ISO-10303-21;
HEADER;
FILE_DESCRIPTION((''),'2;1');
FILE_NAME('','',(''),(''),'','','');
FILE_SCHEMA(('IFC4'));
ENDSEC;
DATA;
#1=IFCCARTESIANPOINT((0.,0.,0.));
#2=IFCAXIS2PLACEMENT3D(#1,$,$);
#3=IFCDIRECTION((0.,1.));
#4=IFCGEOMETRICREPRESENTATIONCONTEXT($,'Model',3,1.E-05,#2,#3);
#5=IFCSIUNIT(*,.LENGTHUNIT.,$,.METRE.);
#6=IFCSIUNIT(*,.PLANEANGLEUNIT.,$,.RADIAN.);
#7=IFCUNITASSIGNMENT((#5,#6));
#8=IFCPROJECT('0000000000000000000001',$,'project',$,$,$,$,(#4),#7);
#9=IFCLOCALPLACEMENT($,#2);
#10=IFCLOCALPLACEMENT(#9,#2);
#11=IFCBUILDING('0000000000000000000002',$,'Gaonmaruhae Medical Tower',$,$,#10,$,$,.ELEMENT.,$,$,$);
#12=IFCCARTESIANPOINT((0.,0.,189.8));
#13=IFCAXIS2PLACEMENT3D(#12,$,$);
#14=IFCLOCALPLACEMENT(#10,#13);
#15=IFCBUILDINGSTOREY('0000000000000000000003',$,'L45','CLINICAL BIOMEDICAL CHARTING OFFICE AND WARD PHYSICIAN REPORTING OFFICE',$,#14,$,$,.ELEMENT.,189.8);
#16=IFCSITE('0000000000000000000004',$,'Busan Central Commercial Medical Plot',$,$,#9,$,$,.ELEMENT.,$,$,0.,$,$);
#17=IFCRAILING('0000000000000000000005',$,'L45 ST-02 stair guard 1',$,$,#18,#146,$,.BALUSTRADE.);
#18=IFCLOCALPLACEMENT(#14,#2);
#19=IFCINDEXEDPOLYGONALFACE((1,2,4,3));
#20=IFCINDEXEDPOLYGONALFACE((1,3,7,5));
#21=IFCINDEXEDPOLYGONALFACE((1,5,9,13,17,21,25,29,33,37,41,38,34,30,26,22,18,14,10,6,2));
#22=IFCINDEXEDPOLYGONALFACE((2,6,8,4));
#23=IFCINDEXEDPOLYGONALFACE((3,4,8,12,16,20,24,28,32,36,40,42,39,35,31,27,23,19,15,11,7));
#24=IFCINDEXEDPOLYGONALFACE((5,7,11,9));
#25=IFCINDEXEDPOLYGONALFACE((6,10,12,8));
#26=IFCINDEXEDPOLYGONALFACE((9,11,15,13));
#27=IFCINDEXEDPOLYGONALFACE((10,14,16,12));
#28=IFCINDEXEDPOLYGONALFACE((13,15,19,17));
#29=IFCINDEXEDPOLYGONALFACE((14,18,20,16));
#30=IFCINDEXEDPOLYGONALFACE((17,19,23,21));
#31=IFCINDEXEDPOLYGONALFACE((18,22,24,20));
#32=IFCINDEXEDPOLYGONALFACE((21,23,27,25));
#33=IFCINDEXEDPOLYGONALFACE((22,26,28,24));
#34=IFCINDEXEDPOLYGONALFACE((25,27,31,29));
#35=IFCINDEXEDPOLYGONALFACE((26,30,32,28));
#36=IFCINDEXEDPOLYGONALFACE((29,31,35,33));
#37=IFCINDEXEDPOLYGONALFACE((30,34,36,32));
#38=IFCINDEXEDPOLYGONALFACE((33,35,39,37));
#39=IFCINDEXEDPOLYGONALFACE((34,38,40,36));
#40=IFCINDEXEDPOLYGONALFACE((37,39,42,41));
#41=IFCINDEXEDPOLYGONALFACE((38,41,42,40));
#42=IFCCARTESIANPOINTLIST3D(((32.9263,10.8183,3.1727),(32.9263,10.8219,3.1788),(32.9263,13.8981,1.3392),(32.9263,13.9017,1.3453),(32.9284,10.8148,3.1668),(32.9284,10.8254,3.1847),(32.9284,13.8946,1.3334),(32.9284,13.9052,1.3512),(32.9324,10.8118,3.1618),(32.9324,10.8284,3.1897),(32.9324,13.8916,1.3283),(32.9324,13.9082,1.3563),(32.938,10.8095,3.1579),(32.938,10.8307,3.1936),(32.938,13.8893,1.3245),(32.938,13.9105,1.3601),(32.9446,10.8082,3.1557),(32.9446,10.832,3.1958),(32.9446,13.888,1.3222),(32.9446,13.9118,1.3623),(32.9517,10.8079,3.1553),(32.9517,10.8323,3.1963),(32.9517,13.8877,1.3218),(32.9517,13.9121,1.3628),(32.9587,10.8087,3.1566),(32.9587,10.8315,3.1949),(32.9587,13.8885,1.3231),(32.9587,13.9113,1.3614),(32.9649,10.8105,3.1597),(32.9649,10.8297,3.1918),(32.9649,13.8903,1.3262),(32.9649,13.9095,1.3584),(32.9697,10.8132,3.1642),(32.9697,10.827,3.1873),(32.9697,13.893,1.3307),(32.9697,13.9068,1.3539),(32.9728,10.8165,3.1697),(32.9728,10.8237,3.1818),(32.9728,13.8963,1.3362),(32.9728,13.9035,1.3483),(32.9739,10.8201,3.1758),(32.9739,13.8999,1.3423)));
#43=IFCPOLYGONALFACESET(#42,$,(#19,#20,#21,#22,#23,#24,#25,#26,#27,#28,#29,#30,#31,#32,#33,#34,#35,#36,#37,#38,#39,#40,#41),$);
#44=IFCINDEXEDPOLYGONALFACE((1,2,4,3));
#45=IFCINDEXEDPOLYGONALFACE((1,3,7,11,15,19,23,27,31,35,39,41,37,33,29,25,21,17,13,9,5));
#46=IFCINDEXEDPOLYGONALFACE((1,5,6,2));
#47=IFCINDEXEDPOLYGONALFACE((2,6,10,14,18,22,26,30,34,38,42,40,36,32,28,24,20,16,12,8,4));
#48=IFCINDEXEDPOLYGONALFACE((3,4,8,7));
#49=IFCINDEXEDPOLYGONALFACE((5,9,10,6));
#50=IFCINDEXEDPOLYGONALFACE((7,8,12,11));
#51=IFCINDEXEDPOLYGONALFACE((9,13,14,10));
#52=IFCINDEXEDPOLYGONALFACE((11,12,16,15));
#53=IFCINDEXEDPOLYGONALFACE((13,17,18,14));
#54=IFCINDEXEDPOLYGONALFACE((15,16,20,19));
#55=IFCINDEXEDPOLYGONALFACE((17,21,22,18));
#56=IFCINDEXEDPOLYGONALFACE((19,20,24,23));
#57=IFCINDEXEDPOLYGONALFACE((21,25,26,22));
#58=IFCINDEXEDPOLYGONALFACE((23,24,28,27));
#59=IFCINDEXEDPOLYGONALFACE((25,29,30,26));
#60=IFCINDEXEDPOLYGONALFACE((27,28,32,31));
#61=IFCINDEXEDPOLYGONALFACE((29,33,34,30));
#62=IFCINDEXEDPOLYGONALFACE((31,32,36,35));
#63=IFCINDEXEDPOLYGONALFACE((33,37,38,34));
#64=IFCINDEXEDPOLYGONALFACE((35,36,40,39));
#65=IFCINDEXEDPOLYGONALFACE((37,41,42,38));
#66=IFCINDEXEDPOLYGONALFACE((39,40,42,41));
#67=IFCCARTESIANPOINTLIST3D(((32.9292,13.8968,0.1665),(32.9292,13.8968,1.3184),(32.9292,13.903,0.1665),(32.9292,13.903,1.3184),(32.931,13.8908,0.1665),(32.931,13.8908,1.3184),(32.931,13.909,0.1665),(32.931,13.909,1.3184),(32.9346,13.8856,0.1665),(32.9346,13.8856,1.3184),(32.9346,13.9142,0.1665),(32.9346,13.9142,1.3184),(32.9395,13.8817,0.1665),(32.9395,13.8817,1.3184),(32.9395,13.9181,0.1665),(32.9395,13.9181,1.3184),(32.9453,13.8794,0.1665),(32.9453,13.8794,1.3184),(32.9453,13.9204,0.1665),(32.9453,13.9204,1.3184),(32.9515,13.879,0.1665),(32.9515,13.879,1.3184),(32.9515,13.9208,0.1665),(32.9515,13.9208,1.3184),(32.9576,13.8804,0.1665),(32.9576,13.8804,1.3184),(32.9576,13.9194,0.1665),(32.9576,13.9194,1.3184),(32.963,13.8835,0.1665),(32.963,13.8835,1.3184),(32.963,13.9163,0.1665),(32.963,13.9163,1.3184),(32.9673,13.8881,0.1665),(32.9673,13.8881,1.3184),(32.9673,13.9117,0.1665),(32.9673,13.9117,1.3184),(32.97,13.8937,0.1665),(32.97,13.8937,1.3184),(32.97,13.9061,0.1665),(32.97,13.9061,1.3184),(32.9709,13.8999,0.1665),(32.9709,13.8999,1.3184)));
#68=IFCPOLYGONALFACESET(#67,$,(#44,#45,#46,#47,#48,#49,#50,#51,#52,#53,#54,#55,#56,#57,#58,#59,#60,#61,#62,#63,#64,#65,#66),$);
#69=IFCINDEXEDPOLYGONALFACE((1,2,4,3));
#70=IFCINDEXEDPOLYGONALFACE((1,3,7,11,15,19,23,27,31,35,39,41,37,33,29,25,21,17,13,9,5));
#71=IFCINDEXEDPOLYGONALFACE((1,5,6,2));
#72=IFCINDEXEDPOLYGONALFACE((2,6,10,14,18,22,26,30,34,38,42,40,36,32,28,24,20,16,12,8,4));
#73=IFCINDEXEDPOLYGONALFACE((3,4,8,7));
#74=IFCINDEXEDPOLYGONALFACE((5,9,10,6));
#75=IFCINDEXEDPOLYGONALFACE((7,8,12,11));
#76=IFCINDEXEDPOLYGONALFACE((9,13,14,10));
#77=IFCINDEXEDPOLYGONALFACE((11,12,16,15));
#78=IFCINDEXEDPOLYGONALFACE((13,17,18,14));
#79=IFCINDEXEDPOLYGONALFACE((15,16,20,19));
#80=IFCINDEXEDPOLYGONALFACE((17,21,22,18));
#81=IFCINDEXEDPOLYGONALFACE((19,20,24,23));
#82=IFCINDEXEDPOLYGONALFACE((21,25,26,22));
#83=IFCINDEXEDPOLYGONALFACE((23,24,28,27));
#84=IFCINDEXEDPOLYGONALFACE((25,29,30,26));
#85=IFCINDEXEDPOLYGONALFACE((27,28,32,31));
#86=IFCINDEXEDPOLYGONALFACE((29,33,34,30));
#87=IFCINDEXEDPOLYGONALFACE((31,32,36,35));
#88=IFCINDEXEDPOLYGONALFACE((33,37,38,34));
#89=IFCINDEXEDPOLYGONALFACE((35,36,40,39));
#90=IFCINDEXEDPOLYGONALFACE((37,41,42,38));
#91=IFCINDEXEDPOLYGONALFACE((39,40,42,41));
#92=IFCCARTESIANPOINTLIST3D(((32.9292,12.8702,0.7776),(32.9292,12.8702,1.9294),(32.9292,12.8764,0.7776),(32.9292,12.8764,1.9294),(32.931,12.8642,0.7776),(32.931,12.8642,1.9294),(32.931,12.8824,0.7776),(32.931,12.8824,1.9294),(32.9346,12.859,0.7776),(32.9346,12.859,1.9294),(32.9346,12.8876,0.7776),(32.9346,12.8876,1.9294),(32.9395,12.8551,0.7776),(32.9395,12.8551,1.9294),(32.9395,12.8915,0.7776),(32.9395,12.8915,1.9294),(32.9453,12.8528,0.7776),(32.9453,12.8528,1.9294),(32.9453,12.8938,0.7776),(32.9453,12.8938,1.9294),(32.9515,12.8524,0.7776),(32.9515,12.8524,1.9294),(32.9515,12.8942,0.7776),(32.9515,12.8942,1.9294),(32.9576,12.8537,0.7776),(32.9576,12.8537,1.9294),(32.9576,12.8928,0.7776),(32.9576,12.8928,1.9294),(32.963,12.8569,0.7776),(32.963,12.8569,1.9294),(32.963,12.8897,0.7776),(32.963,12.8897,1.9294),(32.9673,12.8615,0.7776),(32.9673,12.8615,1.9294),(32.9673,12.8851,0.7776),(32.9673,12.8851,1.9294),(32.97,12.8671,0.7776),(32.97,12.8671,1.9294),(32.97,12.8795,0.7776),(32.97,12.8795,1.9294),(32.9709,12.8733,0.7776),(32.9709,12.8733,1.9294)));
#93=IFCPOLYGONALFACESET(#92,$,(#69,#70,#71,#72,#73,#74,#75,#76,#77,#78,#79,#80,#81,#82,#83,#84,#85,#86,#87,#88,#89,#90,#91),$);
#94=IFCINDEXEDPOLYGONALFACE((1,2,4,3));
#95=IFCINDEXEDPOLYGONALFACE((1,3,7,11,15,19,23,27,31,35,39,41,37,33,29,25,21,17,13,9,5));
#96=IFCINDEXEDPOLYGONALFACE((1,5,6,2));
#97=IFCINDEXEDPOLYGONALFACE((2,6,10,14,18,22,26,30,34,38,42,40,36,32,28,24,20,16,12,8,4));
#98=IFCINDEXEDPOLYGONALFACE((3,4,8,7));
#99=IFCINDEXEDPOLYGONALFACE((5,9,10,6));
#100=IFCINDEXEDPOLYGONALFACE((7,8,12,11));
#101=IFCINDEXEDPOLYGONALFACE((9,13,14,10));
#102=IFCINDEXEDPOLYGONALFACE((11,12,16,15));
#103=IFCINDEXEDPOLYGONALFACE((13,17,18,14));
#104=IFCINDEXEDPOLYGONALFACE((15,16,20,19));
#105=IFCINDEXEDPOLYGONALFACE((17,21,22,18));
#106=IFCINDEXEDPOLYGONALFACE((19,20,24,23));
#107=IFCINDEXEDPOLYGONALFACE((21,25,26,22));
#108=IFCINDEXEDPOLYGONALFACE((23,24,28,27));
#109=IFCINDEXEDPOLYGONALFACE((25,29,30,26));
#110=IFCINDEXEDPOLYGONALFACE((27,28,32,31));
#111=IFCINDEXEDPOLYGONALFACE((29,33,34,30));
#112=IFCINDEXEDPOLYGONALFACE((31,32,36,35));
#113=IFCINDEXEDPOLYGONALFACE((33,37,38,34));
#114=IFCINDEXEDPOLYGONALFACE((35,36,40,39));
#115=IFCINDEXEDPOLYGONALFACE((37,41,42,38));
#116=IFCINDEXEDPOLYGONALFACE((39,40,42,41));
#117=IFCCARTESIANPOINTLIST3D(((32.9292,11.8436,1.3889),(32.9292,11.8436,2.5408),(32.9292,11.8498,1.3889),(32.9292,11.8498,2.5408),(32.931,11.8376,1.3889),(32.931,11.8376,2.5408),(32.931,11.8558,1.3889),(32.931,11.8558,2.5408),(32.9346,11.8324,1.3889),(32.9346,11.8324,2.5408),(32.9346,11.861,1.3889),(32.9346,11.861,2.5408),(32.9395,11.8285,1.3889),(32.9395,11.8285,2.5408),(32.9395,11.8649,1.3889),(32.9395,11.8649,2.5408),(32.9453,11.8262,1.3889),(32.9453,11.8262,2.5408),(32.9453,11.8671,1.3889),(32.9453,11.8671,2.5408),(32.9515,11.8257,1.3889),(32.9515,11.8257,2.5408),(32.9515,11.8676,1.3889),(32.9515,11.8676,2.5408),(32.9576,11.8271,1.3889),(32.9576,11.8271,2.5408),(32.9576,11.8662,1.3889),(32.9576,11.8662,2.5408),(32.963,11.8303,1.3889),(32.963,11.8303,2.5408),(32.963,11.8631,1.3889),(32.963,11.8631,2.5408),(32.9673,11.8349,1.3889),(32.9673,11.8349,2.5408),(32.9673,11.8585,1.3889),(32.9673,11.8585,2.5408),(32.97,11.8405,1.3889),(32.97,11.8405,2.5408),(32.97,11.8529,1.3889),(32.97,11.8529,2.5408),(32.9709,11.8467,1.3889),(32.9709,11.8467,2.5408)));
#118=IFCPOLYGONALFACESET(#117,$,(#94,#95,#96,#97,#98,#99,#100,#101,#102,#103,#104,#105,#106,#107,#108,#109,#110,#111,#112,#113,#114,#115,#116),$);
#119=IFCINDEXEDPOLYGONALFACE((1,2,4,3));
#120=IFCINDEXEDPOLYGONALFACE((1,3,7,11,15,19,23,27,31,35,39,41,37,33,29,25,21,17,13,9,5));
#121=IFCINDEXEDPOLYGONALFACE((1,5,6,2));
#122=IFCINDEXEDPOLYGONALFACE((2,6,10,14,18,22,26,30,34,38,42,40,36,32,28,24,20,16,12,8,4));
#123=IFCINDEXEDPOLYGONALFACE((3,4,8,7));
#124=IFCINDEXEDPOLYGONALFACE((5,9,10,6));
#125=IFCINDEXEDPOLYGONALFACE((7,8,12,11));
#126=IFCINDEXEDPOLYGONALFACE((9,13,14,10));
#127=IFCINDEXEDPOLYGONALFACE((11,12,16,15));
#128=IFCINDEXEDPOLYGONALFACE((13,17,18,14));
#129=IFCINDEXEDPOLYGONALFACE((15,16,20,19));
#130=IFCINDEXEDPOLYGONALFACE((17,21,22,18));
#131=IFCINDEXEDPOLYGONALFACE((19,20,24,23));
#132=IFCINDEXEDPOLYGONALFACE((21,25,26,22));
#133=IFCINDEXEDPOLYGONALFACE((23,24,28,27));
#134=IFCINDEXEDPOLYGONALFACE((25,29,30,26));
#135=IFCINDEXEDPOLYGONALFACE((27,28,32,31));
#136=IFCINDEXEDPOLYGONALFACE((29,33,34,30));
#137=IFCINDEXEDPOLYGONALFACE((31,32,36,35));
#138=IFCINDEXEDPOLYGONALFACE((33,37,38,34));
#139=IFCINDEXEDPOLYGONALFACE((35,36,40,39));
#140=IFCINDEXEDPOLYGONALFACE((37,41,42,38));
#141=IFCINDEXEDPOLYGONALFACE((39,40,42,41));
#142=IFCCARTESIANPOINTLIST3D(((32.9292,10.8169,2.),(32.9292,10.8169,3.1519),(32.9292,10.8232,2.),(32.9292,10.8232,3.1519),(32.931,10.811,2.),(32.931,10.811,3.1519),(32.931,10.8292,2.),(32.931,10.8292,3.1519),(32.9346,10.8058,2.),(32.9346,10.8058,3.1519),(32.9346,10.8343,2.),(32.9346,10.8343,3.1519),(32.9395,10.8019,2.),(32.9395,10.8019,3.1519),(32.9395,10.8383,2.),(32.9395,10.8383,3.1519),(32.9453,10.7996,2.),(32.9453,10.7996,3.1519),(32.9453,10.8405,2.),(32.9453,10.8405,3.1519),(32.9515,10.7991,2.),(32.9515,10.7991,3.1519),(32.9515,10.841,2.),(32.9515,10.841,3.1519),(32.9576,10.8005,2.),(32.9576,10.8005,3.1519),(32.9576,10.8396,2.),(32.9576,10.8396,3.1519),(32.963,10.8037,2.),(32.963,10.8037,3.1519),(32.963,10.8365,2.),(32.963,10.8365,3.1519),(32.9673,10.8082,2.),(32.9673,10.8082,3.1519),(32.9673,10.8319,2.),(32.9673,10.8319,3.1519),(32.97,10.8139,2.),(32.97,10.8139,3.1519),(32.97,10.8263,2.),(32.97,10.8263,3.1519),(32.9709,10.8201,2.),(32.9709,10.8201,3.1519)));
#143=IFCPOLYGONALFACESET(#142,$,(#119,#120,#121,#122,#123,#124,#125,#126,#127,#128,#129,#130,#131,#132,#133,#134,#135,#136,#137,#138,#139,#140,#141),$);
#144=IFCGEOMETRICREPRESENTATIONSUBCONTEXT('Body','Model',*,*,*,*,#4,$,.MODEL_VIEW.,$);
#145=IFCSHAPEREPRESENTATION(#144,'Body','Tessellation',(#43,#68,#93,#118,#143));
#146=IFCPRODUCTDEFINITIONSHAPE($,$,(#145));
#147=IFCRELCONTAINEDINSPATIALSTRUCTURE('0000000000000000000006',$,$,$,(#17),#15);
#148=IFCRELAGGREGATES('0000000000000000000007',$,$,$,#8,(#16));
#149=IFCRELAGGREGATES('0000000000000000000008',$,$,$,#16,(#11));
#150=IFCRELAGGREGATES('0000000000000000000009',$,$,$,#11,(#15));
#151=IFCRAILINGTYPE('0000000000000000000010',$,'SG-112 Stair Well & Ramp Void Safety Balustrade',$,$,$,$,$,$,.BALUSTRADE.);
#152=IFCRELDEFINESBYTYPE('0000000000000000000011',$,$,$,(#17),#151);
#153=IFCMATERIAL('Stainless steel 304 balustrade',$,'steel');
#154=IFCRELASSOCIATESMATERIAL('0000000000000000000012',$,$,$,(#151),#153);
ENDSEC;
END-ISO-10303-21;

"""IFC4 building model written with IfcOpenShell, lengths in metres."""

from ifc_helpers import new_model, si_unit, direction, frame, origin, origin_2d, place, context, subcontext, project, spatial, circle, extrude, material, type_object, element, save


model = new_model("IFC4")

# Units and contexts
model_context = context("Model", 3, precision=1e-05, world=origin(), true_north=direction((0.0, 1.0)))
body_context = subcontext(model_context, "Body", "Model", "MODEL_VIEW")
ifc_project = project(units=[si_unit("LENGTHUNIT", "METRE"), si_unit("PLANEANGLEUNIT", "RADIAN")], contexts=[model_context])

# Site, building, storey
site_placement = place(None, origin())
site = spatial("IfcSite", under=ifc_project, at=site_placement, Name="Busan Central Commercial Medical Plot", CompositionType="ELEMENT", RefElevation=0.0)
building_placement = place(site_placement, origin())
building = spatial("IfcBuilding", under=site, at=building_placement, Name="Gaonmaruhae Medical Tower", CompositionType="ELEMENT")
storey_placement = place(building_placement, frame((0.0, 0.0, 189.8)))
storey = spatial("IfcBuildingStorey", under=building, at=storey_placement, Name="L45", Description="CLINICAL BIOMEDICAL CHARTING OFFICE AND WARD PHYSICIAN REPORTING OFFICE", CompositionType="ELEMENT", Elevation=189.8)

# Railing
ifc_material_1 = material(Name="Stainless steel 304 balustrade", Category="steel")
railing_type_1 = type_object("IfcRailingType", Name="SG-112 Stair Well & Ramp Void Safety Balustrade", PredefinedType="BALUSTRADE", material=ifc_material_1)
railing_1_placement = place(storey_placement, frame((32.95, 13.8999, 0.1665)))
element("IfcRailing", 1, at=railing_1_placement, inside=storey, type_object=railing_type_1, Name="L45 ST-02 stair guard 1", PredefinedType="BALUSTRADE", context=body_context, shape_type="SweptSolid", body=[
    extrude(circle(Radius=0.0239, at=origin_2d()), frame((0.0, 0.0, 1.1758), z_axis=(0.0, -0.859261, 0.511538), x_axis=(1.0, 0.0, 0.0)), (0.0, 0.0, 1.0), 3.5842),
    extrude(circle(Radius=0.021, at=origin_2d()), origin(), (0.0, 0.0, 1.0), 1.1519),
    extrude(circle(Radius=0.021, at=origin_2d()), frame((0.0, -1.0266, 0.6111)), (0.0, 0.0, 1.0), 1.1519),
    extrude(circle(Radius=0.021, at=origin_2d()), frame((0.0, -2.0532, 1.2224)), (0.0, 0.0, 1.0), 1.1519),
    extrude(circle(Radius=0.021, at=origin_2d()), frame((0.0, -3.0798, 1.8335)), (0.0, 0.0, 1.0), 1.1519),
])

save(model, "model.ifc")
